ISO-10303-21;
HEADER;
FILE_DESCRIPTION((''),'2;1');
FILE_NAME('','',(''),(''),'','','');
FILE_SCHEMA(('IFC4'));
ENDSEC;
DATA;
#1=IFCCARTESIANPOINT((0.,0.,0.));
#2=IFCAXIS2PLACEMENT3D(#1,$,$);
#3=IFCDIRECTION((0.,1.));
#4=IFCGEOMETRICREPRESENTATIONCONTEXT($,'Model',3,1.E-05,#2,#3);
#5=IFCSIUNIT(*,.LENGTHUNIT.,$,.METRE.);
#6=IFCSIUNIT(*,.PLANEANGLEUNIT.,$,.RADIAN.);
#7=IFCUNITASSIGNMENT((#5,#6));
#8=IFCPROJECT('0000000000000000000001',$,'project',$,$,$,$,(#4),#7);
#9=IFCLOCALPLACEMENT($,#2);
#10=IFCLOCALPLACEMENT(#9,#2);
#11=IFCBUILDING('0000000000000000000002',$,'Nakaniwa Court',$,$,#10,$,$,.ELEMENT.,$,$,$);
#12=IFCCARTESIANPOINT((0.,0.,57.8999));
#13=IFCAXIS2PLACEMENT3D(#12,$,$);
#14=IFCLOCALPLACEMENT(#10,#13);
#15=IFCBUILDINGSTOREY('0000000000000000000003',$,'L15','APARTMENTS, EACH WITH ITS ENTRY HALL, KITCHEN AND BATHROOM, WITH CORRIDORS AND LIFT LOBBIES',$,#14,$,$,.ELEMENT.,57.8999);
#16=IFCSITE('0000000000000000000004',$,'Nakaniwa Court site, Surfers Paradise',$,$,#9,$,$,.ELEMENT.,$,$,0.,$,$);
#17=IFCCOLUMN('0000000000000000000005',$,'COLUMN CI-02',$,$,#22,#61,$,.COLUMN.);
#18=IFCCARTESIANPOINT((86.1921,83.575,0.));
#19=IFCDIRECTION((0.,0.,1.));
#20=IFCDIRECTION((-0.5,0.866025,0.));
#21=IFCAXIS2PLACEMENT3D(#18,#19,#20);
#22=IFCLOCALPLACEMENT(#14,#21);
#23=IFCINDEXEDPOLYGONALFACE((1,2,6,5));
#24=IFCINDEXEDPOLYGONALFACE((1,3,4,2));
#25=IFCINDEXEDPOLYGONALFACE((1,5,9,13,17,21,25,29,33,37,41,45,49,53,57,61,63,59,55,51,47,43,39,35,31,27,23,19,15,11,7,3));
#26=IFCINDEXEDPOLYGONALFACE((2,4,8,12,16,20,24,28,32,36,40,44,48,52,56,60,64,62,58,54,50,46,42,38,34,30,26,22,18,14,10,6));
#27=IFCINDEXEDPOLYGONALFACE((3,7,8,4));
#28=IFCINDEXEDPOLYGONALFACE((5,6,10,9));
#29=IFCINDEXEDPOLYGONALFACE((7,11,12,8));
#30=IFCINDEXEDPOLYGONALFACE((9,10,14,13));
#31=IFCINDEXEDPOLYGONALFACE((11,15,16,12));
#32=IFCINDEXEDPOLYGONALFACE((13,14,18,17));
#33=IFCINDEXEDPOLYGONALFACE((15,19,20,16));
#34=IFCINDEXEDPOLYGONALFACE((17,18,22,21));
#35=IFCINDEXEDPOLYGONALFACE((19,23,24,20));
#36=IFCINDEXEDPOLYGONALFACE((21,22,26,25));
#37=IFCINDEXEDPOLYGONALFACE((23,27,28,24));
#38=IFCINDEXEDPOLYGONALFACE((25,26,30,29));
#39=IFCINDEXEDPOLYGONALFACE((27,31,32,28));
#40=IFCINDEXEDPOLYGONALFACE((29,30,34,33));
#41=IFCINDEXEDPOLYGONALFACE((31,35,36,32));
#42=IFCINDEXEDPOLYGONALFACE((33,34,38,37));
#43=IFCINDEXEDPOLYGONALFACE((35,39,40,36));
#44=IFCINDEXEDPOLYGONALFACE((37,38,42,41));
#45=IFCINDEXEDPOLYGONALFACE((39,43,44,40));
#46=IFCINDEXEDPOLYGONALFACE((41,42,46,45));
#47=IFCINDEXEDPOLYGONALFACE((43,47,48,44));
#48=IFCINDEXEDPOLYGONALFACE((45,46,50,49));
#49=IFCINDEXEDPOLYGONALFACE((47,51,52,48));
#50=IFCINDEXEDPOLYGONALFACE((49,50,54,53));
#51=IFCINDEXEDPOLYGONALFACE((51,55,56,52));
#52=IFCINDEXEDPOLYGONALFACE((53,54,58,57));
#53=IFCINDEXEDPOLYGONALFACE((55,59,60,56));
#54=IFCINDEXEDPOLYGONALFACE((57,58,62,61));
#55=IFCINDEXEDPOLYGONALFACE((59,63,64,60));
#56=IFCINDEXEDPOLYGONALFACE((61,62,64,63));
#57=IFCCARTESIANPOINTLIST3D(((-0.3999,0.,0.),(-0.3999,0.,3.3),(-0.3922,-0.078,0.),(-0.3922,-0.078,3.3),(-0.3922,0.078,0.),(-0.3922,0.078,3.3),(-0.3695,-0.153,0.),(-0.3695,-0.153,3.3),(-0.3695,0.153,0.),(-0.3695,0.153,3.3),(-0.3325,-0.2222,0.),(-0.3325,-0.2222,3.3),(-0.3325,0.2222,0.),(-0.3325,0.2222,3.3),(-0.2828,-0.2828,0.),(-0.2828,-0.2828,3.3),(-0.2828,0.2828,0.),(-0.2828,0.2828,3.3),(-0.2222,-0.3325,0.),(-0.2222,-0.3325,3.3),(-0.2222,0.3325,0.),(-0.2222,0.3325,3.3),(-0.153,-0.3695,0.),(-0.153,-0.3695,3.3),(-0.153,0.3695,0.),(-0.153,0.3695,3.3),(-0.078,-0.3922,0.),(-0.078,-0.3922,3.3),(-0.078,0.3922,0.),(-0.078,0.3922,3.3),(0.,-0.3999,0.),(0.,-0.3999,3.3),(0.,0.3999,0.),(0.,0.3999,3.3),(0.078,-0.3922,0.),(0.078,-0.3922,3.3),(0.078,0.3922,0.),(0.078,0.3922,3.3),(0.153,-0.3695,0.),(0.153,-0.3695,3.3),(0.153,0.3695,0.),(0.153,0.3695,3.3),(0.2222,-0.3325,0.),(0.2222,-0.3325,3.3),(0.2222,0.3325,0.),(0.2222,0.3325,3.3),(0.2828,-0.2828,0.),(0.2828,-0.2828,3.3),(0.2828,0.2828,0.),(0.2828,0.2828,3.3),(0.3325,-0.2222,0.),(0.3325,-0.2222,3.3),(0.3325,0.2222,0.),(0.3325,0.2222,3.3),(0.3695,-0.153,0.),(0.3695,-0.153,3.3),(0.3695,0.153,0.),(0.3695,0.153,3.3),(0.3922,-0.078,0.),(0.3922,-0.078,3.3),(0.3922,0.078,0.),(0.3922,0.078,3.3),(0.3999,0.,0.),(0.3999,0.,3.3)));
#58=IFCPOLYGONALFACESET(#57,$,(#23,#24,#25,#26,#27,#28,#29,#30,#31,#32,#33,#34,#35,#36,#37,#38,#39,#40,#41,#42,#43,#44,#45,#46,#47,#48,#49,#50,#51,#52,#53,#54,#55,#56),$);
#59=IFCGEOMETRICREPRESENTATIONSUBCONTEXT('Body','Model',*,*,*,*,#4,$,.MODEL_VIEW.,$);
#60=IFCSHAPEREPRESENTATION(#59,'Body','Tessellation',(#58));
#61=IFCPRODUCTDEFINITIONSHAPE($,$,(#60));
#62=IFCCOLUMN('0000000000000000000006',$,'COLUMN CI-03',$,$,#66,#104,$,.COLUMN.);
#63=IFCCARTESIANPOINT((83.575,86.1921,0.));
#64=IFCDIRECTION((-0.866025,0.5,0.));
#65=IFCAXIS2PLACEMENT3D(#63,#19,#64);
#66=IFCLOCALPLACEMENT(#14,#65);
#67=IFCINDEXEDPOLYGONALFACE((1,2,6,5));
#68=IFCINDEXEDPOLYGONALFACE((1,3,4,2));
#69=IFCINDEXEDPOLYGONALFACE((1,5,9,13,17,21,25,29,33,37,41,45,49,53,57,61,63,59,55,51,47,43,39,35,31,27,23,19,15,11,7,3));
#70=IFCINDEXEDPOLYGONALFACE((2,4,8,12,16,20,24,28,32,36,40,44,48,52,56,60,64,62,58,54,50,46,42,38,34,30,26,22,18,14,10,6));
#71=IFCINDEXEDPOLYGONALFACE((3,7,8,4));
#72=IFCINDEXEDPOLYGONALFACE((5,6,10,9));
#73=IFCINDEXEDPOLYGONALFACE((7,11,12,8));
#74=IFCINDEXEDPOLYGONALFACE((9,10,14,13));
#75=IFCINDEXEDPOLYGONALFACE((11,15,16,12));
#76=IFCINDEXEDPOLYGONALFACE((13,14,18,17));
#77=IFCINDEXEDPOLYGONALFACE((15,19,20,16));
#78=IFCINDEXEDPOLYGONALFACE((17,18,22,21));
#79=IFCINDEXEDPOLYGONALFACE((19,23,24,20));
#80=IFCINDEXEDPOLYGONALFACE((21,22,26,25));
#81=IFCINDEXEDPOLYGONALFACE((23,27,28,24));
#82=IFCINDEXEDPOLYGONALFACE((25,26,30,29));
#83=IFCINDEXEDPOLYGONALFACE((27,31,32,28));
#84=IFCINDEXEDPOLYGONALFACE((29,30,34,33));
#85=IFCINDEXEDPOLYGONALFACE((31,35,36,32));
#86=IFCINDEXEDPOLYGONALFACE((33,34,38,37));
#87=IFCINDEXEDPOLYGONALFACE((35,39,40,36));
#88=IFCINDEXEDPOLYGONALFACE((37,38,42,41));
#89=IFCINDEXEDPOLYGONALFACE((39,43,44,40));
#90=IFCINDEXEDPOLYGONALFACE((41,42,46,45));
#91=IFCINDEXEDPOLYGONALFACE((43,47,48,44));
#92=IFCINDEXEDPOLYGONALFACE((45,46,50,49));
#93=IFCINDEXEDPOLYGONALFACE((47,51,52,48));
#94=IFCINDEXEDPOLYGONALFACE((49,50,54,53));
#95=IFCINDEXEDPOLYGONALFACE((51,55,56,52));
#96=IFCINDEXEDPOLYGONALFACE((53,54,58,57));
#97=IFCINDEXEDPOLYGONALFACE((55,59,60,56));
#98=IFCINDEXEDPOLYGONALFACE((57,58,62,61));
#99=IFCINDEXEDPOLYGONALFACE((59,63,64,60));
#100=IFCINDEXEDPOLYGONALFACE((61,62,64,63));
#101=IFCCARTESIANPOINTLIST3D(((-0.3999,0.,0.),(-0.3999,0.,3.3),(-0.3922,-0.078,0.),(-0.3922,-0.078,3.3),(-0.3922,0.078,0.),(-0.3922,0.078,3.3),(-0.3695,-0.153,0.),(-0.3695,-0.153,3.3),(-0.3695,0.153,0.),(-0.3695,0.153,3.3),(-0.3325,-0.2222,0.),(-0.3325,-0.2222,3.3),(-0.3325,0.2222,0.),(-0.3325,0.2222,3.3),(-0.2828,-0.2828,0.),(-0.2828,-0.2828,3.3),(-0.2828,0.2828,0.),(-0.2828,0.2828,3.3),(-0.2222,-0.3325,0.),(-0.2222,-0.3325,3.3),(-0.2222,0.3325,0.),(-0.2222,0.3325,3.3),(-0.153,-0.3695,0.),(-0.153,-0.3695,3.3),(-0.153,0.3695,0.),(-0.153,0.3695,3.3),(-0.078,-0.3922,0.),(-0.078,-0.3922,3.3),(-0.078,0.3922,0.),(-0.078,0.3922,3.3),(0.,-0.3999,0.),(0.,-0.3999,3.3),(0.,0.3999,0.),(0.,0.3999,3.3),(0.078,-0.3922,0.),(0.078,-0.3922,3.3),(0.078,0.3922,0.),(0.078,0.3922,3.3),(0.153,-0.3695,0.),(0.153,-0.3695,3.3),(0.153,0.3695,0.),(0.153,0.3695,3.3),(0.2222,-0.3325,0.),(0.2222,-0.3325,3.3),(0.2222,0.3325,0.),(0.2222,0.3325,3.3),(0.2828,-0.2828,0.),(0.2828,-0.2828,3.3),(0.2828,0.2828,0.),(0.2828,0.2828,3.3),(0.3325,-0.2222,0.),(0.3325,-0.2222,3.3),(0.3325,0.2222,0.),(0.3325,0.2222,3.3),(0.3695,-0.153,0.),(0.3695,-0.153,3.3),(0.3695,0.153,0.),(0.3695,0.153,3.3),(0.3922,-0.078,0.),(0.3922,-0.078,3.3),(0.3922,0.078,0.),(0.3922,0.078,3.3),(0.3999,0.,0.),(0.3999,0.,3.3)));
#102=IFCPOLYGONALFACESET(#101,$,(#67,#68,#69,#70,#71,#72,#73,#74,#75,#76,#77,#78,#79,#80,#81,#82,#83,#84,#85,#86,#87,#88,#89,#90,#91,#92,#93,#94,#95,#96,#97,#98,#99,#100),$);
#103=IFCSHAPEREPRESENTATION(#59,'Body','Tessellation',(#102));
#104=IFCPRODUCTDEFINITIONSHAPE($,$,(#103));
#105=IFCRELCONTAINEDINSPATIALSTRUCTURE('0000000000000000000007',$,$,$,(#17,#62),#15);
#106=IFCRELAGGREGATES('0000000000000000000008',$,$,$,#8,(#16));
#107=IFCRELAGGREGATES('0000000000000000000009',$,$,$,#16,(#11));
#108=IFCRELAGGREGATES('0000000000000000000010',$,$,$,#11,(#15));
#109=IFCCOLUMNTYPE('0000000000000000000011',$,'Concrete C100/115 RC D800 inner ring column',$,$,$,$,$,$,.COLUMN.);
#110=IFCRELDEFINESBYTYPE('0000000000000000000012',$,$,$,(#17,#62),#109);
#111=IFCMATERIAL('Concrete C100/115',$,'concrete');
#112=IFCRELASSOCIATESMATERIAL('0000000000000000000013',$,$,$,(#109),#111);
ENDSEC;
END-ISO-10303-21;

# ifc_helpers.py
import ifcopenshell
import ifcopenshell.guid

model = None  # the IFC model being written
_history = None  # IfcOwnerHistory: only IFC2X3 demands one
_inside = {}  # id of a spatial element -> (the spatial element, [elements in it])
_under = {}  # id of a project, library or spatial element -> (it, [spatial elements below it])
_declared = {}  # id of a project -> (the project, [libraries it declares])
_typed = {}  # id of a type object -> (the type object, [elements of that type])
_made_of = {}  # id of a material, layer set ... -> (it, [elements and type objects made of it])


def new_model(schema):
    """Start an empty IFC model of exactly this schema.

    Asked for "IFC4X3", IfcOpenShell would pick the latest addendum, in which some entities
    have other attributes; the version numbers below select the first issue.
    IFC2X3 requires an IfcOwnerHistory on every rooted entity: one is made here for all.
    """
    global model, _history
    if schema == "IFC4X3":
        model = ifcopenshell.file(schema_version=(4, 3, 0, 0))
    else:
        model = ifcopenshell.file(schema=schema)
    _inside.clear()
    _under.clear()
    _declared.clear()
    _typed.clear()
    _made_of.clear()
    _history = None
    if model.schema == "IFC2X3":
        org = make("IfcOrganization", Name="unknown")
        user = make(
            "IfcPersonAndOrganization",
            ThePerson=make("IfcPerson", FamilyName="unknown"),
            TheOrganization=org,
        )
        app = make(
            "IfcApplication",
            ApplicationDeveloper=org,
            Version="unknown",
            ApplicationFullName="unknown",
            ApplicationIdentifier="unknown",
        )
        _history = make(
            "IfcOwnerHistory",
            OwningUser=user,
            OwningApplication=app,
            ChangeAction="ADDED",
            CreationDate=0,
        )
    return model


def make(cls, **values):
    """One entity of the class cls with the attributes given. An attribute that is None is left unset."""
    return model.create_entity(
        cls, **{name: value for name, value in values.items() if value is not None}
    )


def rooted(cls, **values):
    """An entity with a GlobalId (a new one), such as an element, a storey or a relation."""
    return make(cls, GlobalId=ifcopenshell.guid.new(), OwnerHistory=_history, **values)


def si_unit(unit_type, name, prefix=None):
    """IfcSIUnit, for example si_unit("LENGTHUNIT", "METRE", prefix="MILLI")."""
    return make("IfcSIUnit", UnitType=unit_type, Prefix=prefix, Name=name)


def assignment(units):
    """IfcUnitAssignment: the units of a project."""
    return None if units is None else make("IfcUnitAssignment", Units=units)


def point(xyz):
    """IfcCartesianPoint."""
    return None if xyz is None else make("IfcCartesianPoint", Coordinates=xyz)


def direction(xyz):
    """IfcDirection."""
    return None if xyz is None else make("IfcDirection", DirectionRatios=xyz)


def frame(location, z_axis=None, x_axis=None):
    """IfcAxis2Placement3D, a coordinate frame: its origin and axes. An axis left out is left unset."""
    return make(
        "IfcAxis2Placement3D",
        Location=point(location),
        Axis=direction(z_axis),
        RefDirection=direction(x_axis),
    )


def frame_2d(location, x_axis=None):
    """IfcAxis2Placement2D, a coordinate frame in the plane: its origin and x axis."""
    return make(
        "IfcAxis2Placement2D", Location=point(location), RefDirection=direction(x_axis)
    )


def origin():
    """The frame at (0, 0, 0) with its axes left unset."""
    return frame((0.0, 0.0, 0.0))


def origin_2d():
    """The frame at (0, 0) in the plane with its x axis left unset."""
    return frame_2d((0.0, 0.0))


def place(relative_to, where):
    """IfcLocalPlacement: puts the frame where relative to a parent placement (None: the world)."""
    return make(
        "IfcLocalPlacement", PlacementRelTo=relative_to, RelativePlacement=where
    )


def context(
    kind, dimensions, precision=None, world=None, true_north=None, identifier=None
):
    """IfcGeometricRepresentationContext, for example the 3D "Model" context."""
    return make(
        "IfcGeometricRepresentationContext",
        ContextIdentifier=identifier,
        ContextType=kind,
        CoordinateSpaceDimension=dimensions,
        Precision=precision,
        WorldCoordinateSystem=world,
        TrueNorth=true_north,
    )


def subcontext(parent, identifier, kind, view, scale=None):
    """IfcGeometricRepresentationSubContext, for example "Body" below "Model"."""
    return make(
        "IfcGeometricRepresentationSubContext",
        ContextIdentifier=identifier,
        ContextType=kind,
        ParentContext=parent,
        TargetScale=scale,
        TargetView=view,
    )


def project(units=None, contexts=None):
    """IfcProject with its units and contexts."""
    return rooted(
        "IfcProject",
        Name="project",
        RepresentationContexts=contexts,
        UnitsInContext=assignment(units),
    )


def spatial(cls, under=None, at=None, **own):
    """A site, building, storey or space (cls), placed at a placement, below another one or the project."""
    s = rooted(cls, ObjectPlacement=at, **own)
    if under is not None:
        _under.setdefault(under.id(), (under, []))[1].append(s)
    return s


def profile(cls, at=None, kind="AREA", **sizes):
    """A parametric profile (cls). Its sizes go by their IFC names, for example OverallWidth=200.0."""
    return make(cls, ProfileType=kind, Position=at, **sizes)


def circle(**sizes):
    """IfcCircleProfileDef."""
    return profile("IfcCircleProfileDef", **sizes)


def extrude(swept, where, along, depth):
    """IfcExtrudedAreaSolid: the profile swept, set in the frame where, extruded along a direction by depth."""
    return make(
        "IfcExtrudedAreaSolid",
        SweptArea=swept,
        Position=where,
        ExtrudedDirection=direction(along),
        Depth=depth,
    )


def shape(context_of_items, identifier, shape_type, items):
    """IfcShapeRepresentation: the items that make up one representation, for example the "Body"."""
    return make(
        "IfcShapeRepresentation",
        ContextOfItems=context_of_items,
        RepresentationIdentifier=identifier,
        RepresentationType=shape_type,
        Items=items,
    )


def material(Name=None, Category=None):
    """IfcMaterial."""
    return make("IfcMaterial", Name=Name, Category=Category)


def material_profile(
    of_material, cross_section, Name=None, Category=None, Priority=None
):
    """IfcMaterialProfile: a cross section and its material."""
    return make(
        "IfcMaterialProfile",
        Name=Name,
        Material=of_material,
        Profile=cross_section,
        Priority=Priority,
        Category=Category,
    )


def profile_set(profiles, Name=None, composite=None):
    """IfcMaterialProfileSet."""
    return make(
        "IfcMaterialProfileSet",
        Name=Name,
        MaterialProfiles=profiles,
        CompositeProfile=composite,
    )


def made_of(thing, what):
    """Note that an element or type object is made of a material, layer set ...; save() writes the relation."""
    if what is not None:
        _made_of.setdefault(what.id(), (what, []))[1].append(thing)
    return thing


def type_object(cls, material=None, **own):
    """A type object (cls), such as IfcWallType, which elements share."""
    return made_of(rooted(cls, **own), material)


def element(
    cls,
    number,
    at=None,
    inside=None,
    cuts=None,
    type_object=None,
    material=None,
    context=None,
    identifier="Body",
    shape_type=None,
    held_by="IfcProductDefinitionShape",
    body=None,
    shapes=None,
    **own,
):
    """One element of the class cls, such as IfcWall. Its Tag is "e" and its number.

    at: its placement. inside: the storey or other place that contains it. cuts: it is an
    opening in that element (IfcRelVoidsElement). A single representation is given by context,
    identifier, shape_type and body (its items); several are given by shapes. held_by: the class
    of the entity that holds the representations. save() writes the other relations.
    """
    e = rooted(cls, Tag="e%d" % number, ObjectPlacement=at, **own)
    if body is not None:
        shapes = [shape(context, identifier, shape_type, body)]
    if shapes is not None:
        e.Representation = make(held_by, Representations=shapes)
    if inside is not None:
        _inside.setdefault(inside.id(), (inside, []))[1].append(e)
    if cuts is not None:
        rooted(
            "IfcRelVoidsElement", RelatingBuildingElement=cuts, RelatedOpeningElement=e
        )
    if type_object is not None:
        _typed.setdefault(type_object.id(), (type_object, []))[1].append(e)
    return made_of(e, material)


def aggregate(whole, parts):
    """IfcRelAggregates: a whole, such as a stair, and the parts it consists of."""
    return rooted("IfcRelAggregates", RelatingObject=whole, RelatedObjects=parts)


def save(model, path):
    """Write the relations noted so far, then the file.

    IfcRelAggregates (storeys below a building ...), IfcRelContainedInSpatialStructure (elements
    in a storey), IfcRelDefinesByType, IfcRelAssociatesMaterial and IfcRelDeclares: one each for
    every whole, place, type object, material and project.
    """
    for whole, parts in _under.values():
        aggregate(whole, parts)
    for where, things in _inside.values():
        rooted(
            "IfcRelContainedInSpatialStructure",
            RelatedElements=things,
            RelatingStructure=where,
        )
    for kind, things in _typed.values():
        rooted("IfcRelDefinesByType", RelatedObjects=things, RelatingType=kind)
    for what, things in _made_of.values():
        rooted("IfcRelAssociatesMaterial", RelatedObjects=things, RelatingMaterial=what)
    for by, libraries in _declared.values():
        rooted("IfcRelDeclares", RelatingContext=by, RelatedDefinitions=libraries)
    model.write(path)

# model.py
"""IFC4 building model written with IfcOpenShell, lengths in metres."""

from ifc_helpers import new_model, si_unit, direction, frame, origin, origin_2d, place, context, subcontext, project, spatial, circle, extrude, material, material_profile, profile_set, type_object, element, save


model = new_model("IFC4")

# Units and contexts
model_context = context("Model", 3, precision=1e-05, world=origin(), true_north=direction((0.0, 1.0)))
body_context = subcontext(model_context, "Body", "Model", "MODEL_VIEW")
ifc_project = project(units=[si_unit("LENGTHUNIT", "METRE"), si_unit("PLANEANGLEUNIT", "RADIAN")], contexts=[model_context])

# Site, building, storey
site_placement = place(None, origin())
site = spatial("IfcSite", under=ifc_project, at=site_placement, Name="Nakaniwa Court site, Surfers Paradise", CompositionType="ELEMENT", RefElevation=0.0)
building_placement = place(site_placement, origin())
building = spatial("IfcBuilding", under=site, at=building_placement, Name="Nakaniwa Court", CompositionType="ELEMENT")
storey_placement = place(building_placement, frame((0.0, 0.0, 57.8999)))
storey = spatial("IfcBuildingStorey", under=building, at=storey_placement, Name="L15", Description="APARTMENTS, EACH WITH ITS ENTRY HALL, KITCHEN AND BATHROOM, WITH CORRIDORS AND LIFT LOBBIES", CompositionType="ELEMENT", Elevation=57.8999)

# Columns
ifc_material_1 = material(Name="Concrete C100/115", Category="concrete")
ifc_material_profile_1 = material_profile(ifc_material_1, circle(Radius=0.3999, at=origin_2d()), Name="Concrete C100/115 RC D800 inner ring column")
ifc_profile_set_1 = profile_set([ifc_material_profile_1], Name="Concrete C100/115")
column_type = type_object("IfcColumnType", Name="Concrete C100/115 RC D800 inner ring column", PredefinedType="COLUMN", material=ifc_profile_set_1)
for number, where, z_axis, x_axis, name in (
    (1, (86.1921, 83.575, 0.0), (0.0, 0.0, 1.0), (-0.5, 0.866025, 0.0), "COLUMN CI-02"),
    (2, (83.575, 86.1921, 0.0), (0.0, 0.0, 1.0), (-0.866025, 0.5, 0.0), "COLUMN CI-03"),
):
    element("IfcColumn", number, at=place(storey_placement, frame(where, z_axis=z_axis, x_axis=x_axis)), inside=storey, type_object=column_type, Name=name, PredefinedType="COLUMN", context=body_context, shape_type="SweptSolid", body=[
        extrude(circle(Radius=0.3999, at=origin_2d()), origin(), (0.0, 0.0, 1.0), 3.3),
    ])

save(model, "model.ifc")
